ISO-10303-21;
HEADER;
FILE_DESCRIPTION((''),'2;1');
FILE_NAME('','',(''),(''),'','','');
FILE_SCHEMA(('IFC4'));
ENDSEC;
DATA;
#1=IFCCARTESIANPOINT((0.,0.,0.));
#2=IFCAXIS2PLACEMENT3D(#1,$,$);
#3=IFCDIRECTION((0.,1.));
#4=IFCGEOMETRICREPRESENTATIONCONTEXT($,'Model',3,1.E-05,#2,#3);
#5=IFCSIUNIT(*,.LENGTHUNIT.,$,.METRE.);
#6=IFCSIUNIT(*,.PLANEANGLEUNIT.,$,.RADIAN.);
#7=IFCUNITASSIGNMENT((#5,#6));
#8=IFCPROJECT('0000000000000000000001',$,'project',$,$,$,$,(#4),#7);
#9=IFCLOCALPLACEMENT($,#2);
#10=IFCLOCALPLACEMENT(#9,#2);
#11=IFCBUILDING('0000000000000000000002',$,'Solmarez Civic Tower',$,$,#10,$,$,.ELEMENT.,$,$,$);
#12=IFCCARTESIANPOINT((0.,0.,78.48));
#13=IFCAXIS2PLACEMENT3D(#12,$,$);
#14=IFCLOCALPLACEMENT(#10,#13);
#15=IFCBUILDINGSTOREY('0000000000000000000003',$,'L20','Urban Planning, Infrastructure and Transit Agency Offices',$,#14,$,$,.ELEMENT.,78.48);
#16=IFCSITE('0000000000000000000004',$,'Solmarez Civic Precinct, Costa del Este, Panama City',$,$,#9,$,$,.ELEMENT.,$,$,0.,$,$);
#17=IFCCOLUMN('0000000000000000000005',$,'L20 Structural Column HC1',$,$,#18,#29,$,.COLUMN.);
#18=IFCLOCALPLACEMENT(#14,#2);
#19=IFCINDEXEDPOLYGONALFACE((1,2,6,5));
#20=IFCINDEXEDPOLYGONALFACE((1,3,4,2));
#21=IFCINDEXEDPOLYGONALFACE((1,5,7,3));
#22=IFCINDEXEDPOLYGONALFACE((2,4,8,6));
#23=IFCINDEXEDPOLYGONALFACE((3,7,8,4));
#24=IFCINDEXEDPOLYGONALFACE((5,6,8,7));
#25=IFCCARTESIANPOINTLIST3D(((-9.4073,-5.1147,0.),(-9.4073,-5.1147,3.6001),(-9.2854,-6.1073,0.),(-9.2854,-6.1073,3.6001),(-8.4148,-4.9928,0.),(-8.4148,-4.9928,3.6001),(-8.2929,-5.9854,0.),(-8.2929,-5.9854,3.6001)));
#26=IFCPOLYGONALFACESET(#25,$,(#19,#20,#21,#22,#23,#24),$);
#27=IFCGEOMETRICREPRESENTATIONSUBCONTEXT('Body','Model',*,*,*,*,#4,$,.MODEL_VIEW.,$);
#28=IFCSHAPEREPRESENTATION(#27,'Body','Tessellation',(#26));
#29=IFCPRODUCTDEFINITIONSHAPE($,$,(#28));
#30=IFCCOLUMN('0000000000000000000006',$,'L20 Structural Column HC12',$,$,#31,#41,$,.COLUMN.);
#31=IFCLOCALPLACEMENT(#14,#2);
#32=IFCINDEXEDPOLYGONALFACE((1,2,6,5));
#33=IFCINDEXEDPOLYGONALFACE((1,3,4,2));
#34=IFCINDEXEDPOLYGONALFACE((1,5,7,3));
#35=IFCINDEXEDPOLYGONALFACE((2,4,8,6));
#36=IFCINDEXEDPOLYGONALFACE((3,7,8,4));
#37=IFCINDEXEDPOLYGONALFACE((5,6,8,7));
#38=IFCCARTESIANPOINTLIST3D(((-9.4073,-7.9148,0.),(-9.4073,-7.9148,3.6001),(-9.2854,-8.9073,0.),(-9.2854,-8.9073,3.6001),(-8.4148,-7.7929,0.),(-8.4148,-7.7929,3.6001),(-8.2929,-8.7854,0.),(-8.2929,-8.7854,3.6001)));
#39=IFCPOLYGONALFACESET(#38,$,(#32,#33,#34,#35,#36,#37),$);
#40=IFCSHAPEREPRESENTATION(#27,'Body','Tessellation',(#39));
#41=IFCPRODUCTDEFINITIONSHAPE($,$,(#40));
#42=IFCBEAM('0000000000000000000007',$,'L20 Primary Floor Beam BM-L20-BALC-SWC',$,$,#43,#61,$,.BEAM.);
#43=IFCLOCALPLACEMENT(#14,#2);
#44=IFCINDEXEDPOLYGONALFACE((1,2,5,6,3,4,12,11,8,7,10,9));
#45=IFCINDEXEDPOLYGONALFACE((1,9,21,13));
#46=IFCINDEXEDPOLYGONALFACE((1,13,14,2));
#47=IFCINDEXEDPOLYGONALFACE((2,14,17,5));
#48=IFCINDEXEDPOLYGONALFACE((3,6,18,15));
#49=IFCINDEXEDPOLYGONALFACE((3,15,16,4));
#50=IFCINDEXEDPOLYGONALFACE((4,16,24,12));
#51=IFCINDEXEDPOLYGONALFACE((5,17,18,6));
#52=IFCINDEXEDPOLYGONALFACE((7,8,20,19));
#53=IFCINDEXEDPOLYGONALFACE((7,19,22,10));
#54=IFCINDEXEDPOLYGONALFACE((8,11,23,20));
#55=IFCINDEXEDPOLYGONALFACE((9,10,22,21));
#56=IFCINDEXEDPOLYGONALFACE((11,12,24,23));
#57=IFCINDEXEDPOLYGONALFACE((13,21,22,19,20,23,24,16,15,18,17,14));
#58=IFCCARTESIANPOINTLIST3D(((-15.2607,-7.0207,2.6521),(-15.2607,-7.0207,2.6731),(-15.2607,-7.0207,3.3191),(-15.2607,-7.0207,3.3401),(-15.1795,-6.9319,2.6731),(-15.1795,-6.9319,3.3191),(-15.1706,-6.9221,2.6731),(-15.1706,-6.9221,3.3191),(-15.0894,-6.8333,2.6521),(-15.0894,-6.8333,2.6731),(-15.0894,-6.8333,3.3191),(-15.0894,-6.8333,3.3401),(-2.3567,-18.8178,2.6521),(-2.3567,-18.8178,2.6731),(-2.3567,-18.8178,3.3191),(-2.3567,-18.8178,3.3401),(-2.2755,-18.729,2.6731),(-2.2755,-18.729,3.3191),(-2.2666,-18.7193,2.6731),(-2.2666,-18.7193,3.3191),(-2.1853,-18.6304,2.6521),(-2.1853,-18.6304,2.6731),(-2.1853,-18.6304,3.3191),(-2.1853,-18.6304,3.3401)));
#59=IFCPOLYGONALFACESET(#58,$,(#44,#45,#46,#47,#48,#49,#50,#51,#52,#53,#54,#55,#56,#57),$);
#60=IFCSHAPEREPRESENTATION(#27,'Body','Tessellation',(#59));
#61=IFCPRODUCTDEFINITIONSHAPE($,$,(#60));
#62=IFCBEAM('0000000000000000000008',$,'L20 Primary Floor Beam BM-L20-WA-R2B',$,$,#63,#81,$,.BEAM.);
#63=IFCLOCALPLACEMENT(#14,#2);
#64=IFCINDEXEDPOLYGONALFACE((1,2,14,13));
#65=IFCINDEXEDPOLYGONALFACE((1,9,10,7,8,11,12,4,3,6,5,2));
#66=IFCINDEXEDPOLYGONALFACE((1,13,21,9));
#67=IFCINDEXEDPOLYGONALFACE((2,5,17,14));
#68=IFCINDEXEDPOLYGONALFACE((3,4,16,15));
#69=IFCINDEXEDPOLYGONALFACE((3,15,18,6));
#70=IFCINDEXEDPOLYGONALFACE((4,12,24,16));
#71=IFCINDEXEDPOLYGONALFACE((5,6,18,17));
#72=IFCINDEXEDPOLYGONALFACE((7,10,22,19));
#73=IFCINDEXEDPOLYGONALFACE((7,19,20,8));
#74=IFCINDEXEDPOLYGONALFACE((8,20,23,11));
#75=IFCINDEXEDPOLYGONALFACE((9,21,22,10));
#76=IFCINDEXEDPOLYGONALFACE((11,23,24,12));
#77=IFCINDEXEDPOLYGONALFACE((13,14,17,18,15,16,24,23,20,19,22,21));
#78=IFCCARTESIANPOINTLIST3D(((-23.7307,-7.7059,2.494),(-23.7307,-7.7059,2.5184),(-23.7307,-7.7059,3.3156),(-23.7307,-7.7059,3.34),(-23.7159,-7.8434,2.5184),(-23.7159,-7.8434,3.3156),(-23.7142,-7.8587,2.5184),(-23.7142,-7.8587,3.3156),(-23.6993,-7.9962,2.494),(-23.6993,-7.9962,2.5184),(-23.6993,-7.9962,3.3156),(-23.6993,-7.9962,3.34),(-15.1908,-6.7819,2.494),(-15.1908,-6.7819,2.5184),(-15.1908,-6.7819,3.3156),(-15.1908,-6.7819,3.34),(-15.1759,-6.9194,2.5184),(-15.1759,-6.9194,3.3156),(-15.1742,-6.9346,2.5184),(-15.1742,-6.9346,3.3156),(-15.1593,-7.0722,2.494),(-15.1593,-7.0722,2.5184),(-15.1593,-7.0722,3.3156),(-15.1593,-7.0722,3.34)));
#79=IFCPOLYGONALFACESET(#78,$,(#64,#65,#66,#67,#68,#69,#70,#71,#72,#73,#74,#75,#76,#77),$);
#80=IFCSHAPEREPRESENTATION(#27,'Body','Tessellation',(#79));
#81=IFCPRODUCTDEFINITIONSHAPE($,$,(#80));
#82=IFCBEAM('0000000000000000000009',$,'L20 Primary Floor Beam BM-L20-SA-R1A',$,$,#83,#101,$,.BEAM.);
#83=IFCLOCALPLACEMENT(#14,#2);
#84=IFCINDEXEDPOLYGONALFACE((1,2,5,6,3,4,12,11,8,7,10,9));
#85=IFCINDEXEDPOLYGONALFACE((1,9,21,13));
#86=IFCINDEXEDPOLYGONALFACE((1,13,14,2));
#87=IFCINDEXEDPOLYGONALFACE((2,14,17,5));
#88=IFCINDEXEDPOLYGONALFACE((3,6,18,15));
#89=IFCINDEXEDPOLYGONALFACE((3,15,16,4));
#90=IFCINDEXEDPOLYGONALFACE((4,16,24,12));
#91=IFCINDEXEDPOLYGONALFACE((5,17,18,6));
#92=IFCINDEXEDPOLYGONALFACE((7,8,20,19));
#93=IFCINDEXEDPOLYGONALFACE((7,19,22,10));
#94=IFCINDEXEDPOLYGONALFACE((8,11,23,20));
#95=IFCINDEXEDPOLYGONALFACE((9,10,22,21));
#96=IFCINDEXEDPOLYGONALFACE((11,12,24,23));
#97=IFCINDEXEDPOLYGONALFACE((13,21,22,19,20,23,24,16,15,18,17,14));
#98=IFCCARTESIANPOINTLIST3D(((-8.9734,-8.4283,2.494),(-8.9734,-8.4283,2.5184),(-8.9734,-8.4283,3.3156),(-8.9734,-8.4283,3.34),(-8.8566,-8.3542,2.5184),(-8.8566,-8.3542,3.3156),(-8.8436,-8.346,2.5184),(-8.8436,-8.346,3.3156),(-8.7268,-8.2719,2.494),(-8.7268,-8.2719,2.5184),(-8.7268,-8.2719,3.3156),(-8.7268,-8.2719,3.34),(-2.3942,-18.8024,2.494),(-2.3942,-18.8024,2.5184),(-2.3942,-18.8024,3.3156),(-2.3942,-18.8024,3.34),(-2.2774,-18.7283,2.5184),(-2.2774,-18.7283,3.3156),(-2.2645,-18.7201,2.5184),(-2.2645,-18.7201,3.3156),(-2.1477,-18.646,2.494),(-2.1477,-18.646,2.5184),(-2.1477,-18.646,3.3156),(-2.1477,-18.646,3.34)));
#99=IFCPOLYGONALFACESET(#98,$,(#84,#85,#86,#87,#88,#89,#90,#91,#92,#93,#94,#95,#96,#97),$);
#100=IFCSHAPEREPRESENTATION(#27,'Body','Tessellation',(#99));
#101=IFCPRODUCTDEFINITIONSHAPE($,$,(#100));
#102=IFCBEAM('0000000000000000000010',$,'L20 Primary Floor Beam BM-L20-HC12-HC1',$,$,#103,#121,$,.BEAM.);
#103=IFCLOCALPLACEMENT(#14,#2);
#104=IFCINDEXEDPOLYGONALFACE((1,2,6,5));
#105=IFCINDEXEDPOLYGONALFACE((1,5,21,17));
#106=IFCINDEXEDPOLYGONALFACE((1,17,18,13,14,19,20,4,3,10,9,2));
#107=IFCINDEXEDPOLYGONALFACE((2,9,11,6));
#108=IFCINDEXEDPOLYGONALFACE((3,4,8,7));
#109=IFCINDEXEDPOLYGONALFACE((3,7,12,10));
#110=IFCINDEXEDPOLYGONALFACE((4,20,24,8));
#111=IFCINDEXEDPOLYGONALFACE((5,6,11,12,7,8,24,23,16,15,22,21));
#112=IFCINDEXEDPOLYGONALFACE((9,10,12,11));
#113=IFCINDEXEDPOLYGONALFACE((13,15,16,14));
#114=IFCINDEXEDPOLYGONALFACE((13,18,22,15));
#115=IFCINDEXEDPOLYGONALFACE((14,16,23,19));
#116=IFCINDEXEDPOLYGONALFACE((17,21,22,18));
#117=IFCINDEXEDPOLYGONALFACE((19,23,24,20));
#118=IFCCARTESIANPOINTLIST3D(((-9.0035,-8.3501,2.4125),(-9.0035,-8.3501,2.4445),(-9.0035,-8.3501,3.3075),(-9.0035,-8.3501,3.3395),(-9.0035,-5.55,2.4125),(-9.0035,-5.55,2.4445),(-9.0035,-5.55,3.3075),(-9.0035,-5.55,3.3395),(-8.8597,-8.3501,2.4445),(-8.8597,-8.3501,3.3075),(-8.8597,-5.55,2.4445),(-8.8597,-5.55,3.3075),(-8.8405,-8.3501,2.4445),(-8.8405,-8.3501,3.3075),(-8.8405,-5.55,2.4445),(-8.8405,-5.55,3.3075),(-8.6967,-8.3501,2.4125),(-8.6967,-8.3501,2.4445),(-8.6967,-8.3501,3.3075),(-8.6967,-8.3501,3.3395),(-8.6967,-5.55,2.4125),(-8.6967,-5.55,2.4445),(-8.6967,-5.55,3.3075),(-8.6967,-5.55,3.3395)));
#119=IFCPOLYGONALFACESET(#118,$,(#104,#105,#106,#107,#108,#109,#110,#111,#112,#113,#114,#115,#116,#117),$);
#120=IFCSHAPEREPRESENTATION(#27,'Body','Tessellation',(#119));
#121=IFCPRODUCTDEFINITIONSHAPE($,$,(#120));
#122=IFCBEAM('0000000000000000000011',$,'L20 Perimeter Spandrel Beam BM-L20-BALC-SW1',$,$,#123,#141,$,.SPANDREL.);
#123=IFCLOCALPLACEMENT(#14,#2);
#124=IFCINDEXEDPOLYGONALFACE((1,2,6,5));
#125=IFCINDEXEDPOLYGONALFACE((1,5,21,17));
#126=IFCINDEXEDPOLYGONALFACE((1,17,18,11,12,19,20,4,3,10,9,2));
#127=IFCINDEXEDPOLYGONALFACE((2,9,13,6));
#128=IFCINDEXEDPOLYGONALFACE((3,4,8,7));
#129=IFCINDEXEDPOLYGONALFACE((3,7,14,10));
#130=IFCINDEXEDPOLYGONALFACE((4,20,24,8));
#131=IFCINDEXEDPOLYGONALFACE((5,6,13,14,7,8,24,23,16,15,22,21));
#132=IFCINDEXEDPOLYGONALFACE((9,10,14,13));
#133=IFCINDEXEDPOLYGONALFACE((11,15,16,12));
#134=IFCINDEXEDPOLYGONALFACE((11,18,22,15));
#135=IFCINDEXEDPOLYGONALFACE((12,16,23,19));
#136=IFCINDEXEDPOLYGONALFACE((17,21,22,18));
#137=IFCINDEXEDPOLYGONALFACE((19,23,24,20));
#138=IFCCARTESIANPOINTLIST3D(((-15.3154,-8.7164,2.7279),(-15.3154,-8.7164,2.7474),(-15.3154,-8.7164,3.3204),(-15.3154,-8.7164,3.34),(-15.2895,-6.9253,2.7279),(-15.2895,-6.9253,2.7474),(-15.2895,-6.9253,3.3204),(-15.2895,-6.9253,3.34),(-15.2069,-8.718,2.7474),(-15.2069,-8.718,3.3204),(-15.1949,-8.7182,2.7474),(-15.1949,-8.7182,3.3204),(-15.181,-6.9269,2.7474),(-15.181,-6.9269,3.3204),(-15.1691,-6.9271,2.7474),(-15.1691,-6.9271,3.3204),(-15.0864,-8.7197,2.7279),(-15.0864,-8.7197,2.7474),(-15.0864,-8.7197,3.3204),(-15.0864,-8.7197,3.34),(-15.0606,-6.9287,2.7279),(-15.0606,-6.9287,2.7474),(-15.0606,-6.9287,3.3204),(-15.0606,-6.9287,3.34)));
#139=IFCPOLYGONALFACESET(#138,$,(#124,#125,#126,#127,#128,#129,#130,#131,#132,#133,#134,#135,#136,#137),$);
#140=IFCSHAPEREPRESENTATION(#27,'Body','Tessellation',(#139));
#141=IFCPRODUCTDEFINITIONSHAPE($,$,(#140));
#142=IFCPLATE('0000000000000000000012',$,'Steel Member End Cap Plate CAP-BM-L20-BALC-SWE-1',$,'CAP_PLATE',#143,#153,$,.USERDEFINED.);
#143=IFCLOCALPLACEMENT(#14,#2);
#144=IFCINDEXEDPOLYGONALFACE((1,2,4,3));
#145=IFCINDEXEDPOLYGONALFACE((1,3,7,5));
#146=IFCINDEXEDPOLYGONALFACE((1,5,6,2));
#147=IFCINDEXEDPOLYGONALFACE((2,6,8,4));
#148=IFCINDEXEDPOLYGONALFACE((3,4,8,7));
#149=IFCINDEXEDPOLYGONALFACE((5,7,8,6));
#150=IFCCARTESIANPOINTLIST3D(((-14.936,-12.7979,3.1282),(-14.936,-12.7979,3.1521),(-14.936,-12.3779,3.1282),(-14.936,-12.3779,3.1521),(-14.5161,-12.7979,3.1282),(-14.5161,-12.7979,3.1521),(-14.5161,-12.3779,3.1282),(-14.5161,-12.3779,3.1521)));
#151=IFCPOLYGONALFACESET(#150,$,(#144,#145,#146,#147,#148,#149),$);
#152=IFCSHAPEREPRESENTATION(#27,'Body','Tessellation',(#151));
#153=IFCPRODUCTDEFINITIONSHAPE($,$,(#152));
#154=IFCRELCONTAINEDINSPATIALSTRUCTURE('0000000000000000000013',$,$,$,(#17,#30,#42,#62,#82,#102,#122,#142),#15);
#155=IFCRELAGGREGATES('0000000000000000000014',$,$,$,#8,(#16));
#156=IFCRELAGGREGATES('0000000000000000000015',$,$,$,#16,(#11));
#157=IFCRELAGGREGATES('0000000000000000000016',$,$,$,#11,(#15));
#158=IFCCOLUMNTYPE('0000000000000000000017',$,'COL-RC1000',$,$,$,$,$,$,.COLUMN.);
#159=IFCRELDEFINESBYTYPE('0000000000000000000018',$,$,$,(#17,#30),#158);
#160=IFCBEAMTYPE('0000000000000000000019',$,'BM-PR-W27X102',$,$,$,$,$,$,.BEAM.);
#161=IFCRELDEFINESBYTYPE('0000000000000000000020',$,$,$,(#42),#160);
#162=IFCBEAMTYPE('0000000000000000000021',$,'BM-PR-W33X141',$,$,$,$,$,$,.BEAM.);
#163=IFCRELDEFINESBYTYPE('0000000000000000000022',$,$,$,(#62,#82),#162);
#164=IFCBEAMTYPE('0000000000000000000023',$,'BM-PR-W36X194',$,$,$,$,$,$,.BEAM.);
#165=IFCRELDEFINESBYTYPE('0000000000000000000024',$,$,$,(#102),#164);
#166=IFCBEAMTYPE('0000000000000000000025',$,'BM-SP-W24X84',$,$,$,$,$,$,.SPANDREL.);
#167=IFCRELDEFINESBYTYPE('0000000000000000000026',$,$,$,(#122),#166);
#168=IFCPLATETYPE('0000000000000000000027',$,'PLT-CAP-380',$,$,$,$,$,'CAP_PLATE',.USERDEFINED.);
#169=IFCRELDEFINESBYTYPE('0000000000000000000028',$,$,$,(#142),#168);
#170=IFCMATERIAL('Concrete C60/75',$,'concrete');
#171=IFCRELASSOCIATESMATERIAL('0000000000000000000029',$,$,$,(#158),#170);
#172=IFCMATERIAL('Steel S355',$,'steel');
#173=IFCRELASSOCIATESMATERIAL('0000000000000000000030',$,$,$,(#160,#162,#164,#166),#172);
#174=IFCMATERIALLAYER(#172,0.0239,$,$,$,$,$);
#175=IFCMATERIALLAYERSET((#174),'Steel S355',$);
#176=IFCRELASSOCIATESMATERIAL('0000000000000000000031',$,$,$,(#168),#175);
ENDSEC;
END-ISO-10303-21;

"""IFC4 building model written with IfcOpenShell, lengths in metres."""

from ifc_helpers import new_model, si_unit, direction, frame, origin, origin_2d, place, context, subcontext, project, spatial, rectangle, i_section, extrude, material, layer, layer_set, material_profile, profile_set, type_object, element, save


model = new_model("IFC4")

# Units and contexts
model_context = context("Model", 3, precision=1e-05, world=origin(), true_north=direction((0.0, 1.0)))
body_context = subcontext(model_context, "Body", "Model", "MODEL_VIEW")
ifc_project = project(units=[si_unit("LENGTHUNIT", "METRE"), si_unit("PLANEANGLEUNIT", "RADIAN")], contexts=[model_context])

# Site, building, storey
site_placement = place(None, origin())
site = spatial("IfcSite", under=ifc_project, at=site_placement, Name="Solmarez Civic Precinct, Costa del Este, Panama City", CompositionType="ELEMENT", RefElevation=0.0)
building_placement = place(site_placement, origin())
building = spatial("IfcBuilding", under=site, at=building_placement, Name="Solmarez Civic Tower", CompositionType="ELEMENT")
storey_placement = place(building_placement, frame((0.0, 0.0, 78.48)))
storey = spatial("IfcBuildingStorey", under=building, at=storey_placement, Name="L20", Description="Urban Planning, Infrastructure and Transit Agency Offices", CompositionType="ELEMENT", Elevation=78.48)

# Columns
ifc_material_1 = material(Name="Concrete C60/75", Category="concrete")
ifc_material_profile_1 = material_profile(ifc_material_1, rectangle(XDim=1.0, YDim=1.0, at=origin_2d()), Name="RC1000X1000")
ifc_profile_set_1 = profile_set([ifc_material_profile_1], Name="Concrete C60/75")
column_type = type_object("IfcColumnType", Name="COL-RC1000", PredefinedType="COLUMN", material=ifc_profile_set_1)
for number, where, z_axis, x_axis, name in (
    (1, (-8.8501, -5.55, 0.0), (0.0, 0.0, 1.0), (0.992546, 0.121869, 0.0), "L20 Structural Column HC1"),
    (2, (-8.8501, -8.3501, 0.0), (0.0, 0.0, 1.0), (0.992546, 0.121869, 0.0), "L20 Structural Column HC12"),
):
    element("IfcColumn", number, at=place(storey_placement, frame(where, z_axis=z_axis, x_axis=x_axis)), inside=storey, type_object=column_type, Name=name, PredefinedType="COLUMN", context=body_context, shape_type="SweptSolid", body=[
        extrude(rectangle(XDim=1.0, YDim=1.0, at=origin_2d()), origin(), (0.0, 0.0, 1.0), 3.6001),
    ])

# Beams
ifc_material_2 = material(Name="Steel S355", Category="steel")
ifc_material_profile_2 = material_profile(ifc_material_2, i_section(OverallWidth=0.2539, OverallDepth=0.688, WebThickness=0.0132, FlangeThickness=0.021, at=origin_2d()), Name="W27X102")
ifc_profile_set_2 = profile_set([ifc_material_profile_2], Name="Steel S355")
beam_type_1 = type_object("IfcBeamType", Name="BM-PR-W27X102", PredefinedType="BEAM", material=ifc_profile_set_2)
beam_1_placement = place(storey_placement, frame((-15.175, -6.927, 2.9961), z_axis=(0.738054, -0.674742, 0.0), x_axis=(0.674742, 0.738054, 0.0)))
element("IfcBeam", 3, at=beam_1_placement, inside=storey, type_object=beam_type_1, Name="L20 Primary Floor Beam BM-L20-BALC-SWC", PredefinedType="BEAM", context=body_context, shape_type="SweptSolid", body=[
    extrude(i_section(OverallWidth=0.2539, OverallDepth=0.688, WebThickness=0.0132, FlangeThickness=0.021, at=origin_2d()), origin(), (0.0, 0.0, 1.0), 17.4839),
])
ifc_material_profile_3 = material_profile(ifc_material_2, i_section(OverallWidth=0.292, OverallDepth=0.8459, WebThickness=0.0154, FlangeThickness=0.0244, at=origin_2d()), Name="W33X141")
ifc_profile_set_3 = profile_set([ifc_material_profile_3], Name="Steel S355")
beam_type_2 = type_object("IfcBeamType", Name="BM-PR-W33X141", PredefinedType="BEAM", material=ifc_profile_set_3)
beam_2_placement = place(storey_placement, frame((-15.175, -6.927, 2.917), z_axis=(-0.994197, -0.107577, 0.0), x_axis=(0.107577, -0.994197, 0.0)))
element("IfcBeam", 4, at=beam_2_placement, inside=storey, type_object=beam_type_2, Name="L20 Primary Floor Beam BM-L20-WA-R2B", PredefinedType="BEAM", context=body_context, shape_type="SweptSolid", body=[
    extrude(i_section(OverallWidth=0.292, OverallDepth=0.8459, WebThickness=0.0154, FlangeThickness=0.0244, at=origin_2d()), origin(), (0.0, 0.0, 1.0), 8.5898),
])
beam_3_placement = place(storey_placement, frame((-8.8501, -8.3501, 2.917), z_axis=(0.535568, -0.844492, 0.0), x_axis=(0.844492, 0.535568, 0.0)))
element("IfcBeam", 5, at=beam_3_placement, inside=storey, type_object=beam_type_2, Name="L20 Primary Floor Beam BM-L20-SA-R1A", PredefinedType="BEAM", context=body_context, shape_type="SweptSolid", body=[
    extrude(i_section(OverallWidth=0.292, OverallDepth=0.8459, WebThickness=0.0154, FlangeThickness=0.0244, at=origin_2d()), origin(), (0.0, 0.0, 1.0), 12.2844),
])
ifc_material_profile_4 = material_profile(ifc_material_2, i_section(OverallWidth=0.3069, OverallDepth=0.927, WebThickness=0.0193, FlangeThickness=0.032, at=origin_2d()), Name="W36X194")
ifc_profile_set_4 = profile_set([ifc_material_profile_4], Name="Steel S355")
beam_type_3 = type_object("IfcBeamType", Name="BM-PR-W36X194", PredefinedType="BEAM", material=ifc_profile_set_4)
beam_4_placement = place(storey_placement, frame((-8.8501, -8.3501, 2.876), z_axis=(0.0, 1.0, 0.0), x_axis=(-1.0, 0.0, 0.0)))
element("IfcBeam", 6, at=beam_4_placement, inside=storey, type_object=beam_type_3, Name="L20 Primary Floor Beam BM-L20-HC12-HC1", PredefinedType="BEAM", context=body_context, shape_type="SweptSolid", body=[
    extrude(i_section(OverallWidth=0.3069, OverallDepth=0.927, WebThickness=0.0193, FlangeThickness=0.032, at=origin_2d()), origin(), (0.0, 0.0, 1.0), 2.8),
])
ifc_material_profile_5 = material_profile(ifc_material_2, i_section(OverallWidth=0.229, OverallDepth=0.6121, WebThickness=0.012, FlangeThickness=0.0195, at=origin_2d()), Name="W24X84")
ifc_profile_set_5 = profile_set([ifc_material_profile_5], Name="Steel S355")
beam_type_4 = type_object("IfcBeamType", Name="BM-SP-W24X84", PredefinedType="SPANDREL", material=ifc_profile_set_5)
beam_5_placement = place(storey_placement, frame((-15.175, -6.927, 3.0339), z_axis=(-0.014448, -0.999896, 0.0), x_axis=(0.999896, -0.014448, 0.0)))
element("IfcBeam", 7, at=beam_5_placement, inside=storey, type_object=beam_type_4, Name="L20 Perimeter Spandrel Beam BM-L20-BALC-SW1", PredefinedType="SPANDREL", context=body_context, shape_type="SweptSolid", body=[
    extrude(i_section(OverallWidth=0.229, OverallDepth=0.6121, WebThickness=0.012, FlangeThickness=0.0195, at=origin_2d()), origin(), (0.0, 0.0, 1.0), 1.7913),
])

# Plate
ifc_layer_1 = layer(ifc_material_2, 0.0239)
ifc_layer_set_1 = layer_set([ifc_layer_1], Name="Steel S355")
plate_type = type_object("IfcPlateType", Name="PLT-CAP-380", ElementType="CAP_PLATE", PredefinedType="USERDEFINED", material=ifc_layer_set_1)
plate_placement = place(storey_placement, frame((-14.7261, -12.5879, 3.1282), z_axis=(0.0, 0.0, 1.0), x_axis=(1.0, 0.0, 0.0)))
element("IfcPlate", 8, at=plate_placement, inside=storey, type_object=plate_type, Name="Steel Member End Cap Plate CAP-BM-L20-BALC-SWE-1", ObjectType="CAP_PLATE", PredefinedType="USERDEFINED", context=body_context, shape_type="SweptSolid", body=[
    extrude(rectangle(XDim=0.4199, YDim=0.4199, at=origin_2d()), origin(), (0.0, 0.0, 1.0), 0.0239),
])

save(model, "model.ifc")
